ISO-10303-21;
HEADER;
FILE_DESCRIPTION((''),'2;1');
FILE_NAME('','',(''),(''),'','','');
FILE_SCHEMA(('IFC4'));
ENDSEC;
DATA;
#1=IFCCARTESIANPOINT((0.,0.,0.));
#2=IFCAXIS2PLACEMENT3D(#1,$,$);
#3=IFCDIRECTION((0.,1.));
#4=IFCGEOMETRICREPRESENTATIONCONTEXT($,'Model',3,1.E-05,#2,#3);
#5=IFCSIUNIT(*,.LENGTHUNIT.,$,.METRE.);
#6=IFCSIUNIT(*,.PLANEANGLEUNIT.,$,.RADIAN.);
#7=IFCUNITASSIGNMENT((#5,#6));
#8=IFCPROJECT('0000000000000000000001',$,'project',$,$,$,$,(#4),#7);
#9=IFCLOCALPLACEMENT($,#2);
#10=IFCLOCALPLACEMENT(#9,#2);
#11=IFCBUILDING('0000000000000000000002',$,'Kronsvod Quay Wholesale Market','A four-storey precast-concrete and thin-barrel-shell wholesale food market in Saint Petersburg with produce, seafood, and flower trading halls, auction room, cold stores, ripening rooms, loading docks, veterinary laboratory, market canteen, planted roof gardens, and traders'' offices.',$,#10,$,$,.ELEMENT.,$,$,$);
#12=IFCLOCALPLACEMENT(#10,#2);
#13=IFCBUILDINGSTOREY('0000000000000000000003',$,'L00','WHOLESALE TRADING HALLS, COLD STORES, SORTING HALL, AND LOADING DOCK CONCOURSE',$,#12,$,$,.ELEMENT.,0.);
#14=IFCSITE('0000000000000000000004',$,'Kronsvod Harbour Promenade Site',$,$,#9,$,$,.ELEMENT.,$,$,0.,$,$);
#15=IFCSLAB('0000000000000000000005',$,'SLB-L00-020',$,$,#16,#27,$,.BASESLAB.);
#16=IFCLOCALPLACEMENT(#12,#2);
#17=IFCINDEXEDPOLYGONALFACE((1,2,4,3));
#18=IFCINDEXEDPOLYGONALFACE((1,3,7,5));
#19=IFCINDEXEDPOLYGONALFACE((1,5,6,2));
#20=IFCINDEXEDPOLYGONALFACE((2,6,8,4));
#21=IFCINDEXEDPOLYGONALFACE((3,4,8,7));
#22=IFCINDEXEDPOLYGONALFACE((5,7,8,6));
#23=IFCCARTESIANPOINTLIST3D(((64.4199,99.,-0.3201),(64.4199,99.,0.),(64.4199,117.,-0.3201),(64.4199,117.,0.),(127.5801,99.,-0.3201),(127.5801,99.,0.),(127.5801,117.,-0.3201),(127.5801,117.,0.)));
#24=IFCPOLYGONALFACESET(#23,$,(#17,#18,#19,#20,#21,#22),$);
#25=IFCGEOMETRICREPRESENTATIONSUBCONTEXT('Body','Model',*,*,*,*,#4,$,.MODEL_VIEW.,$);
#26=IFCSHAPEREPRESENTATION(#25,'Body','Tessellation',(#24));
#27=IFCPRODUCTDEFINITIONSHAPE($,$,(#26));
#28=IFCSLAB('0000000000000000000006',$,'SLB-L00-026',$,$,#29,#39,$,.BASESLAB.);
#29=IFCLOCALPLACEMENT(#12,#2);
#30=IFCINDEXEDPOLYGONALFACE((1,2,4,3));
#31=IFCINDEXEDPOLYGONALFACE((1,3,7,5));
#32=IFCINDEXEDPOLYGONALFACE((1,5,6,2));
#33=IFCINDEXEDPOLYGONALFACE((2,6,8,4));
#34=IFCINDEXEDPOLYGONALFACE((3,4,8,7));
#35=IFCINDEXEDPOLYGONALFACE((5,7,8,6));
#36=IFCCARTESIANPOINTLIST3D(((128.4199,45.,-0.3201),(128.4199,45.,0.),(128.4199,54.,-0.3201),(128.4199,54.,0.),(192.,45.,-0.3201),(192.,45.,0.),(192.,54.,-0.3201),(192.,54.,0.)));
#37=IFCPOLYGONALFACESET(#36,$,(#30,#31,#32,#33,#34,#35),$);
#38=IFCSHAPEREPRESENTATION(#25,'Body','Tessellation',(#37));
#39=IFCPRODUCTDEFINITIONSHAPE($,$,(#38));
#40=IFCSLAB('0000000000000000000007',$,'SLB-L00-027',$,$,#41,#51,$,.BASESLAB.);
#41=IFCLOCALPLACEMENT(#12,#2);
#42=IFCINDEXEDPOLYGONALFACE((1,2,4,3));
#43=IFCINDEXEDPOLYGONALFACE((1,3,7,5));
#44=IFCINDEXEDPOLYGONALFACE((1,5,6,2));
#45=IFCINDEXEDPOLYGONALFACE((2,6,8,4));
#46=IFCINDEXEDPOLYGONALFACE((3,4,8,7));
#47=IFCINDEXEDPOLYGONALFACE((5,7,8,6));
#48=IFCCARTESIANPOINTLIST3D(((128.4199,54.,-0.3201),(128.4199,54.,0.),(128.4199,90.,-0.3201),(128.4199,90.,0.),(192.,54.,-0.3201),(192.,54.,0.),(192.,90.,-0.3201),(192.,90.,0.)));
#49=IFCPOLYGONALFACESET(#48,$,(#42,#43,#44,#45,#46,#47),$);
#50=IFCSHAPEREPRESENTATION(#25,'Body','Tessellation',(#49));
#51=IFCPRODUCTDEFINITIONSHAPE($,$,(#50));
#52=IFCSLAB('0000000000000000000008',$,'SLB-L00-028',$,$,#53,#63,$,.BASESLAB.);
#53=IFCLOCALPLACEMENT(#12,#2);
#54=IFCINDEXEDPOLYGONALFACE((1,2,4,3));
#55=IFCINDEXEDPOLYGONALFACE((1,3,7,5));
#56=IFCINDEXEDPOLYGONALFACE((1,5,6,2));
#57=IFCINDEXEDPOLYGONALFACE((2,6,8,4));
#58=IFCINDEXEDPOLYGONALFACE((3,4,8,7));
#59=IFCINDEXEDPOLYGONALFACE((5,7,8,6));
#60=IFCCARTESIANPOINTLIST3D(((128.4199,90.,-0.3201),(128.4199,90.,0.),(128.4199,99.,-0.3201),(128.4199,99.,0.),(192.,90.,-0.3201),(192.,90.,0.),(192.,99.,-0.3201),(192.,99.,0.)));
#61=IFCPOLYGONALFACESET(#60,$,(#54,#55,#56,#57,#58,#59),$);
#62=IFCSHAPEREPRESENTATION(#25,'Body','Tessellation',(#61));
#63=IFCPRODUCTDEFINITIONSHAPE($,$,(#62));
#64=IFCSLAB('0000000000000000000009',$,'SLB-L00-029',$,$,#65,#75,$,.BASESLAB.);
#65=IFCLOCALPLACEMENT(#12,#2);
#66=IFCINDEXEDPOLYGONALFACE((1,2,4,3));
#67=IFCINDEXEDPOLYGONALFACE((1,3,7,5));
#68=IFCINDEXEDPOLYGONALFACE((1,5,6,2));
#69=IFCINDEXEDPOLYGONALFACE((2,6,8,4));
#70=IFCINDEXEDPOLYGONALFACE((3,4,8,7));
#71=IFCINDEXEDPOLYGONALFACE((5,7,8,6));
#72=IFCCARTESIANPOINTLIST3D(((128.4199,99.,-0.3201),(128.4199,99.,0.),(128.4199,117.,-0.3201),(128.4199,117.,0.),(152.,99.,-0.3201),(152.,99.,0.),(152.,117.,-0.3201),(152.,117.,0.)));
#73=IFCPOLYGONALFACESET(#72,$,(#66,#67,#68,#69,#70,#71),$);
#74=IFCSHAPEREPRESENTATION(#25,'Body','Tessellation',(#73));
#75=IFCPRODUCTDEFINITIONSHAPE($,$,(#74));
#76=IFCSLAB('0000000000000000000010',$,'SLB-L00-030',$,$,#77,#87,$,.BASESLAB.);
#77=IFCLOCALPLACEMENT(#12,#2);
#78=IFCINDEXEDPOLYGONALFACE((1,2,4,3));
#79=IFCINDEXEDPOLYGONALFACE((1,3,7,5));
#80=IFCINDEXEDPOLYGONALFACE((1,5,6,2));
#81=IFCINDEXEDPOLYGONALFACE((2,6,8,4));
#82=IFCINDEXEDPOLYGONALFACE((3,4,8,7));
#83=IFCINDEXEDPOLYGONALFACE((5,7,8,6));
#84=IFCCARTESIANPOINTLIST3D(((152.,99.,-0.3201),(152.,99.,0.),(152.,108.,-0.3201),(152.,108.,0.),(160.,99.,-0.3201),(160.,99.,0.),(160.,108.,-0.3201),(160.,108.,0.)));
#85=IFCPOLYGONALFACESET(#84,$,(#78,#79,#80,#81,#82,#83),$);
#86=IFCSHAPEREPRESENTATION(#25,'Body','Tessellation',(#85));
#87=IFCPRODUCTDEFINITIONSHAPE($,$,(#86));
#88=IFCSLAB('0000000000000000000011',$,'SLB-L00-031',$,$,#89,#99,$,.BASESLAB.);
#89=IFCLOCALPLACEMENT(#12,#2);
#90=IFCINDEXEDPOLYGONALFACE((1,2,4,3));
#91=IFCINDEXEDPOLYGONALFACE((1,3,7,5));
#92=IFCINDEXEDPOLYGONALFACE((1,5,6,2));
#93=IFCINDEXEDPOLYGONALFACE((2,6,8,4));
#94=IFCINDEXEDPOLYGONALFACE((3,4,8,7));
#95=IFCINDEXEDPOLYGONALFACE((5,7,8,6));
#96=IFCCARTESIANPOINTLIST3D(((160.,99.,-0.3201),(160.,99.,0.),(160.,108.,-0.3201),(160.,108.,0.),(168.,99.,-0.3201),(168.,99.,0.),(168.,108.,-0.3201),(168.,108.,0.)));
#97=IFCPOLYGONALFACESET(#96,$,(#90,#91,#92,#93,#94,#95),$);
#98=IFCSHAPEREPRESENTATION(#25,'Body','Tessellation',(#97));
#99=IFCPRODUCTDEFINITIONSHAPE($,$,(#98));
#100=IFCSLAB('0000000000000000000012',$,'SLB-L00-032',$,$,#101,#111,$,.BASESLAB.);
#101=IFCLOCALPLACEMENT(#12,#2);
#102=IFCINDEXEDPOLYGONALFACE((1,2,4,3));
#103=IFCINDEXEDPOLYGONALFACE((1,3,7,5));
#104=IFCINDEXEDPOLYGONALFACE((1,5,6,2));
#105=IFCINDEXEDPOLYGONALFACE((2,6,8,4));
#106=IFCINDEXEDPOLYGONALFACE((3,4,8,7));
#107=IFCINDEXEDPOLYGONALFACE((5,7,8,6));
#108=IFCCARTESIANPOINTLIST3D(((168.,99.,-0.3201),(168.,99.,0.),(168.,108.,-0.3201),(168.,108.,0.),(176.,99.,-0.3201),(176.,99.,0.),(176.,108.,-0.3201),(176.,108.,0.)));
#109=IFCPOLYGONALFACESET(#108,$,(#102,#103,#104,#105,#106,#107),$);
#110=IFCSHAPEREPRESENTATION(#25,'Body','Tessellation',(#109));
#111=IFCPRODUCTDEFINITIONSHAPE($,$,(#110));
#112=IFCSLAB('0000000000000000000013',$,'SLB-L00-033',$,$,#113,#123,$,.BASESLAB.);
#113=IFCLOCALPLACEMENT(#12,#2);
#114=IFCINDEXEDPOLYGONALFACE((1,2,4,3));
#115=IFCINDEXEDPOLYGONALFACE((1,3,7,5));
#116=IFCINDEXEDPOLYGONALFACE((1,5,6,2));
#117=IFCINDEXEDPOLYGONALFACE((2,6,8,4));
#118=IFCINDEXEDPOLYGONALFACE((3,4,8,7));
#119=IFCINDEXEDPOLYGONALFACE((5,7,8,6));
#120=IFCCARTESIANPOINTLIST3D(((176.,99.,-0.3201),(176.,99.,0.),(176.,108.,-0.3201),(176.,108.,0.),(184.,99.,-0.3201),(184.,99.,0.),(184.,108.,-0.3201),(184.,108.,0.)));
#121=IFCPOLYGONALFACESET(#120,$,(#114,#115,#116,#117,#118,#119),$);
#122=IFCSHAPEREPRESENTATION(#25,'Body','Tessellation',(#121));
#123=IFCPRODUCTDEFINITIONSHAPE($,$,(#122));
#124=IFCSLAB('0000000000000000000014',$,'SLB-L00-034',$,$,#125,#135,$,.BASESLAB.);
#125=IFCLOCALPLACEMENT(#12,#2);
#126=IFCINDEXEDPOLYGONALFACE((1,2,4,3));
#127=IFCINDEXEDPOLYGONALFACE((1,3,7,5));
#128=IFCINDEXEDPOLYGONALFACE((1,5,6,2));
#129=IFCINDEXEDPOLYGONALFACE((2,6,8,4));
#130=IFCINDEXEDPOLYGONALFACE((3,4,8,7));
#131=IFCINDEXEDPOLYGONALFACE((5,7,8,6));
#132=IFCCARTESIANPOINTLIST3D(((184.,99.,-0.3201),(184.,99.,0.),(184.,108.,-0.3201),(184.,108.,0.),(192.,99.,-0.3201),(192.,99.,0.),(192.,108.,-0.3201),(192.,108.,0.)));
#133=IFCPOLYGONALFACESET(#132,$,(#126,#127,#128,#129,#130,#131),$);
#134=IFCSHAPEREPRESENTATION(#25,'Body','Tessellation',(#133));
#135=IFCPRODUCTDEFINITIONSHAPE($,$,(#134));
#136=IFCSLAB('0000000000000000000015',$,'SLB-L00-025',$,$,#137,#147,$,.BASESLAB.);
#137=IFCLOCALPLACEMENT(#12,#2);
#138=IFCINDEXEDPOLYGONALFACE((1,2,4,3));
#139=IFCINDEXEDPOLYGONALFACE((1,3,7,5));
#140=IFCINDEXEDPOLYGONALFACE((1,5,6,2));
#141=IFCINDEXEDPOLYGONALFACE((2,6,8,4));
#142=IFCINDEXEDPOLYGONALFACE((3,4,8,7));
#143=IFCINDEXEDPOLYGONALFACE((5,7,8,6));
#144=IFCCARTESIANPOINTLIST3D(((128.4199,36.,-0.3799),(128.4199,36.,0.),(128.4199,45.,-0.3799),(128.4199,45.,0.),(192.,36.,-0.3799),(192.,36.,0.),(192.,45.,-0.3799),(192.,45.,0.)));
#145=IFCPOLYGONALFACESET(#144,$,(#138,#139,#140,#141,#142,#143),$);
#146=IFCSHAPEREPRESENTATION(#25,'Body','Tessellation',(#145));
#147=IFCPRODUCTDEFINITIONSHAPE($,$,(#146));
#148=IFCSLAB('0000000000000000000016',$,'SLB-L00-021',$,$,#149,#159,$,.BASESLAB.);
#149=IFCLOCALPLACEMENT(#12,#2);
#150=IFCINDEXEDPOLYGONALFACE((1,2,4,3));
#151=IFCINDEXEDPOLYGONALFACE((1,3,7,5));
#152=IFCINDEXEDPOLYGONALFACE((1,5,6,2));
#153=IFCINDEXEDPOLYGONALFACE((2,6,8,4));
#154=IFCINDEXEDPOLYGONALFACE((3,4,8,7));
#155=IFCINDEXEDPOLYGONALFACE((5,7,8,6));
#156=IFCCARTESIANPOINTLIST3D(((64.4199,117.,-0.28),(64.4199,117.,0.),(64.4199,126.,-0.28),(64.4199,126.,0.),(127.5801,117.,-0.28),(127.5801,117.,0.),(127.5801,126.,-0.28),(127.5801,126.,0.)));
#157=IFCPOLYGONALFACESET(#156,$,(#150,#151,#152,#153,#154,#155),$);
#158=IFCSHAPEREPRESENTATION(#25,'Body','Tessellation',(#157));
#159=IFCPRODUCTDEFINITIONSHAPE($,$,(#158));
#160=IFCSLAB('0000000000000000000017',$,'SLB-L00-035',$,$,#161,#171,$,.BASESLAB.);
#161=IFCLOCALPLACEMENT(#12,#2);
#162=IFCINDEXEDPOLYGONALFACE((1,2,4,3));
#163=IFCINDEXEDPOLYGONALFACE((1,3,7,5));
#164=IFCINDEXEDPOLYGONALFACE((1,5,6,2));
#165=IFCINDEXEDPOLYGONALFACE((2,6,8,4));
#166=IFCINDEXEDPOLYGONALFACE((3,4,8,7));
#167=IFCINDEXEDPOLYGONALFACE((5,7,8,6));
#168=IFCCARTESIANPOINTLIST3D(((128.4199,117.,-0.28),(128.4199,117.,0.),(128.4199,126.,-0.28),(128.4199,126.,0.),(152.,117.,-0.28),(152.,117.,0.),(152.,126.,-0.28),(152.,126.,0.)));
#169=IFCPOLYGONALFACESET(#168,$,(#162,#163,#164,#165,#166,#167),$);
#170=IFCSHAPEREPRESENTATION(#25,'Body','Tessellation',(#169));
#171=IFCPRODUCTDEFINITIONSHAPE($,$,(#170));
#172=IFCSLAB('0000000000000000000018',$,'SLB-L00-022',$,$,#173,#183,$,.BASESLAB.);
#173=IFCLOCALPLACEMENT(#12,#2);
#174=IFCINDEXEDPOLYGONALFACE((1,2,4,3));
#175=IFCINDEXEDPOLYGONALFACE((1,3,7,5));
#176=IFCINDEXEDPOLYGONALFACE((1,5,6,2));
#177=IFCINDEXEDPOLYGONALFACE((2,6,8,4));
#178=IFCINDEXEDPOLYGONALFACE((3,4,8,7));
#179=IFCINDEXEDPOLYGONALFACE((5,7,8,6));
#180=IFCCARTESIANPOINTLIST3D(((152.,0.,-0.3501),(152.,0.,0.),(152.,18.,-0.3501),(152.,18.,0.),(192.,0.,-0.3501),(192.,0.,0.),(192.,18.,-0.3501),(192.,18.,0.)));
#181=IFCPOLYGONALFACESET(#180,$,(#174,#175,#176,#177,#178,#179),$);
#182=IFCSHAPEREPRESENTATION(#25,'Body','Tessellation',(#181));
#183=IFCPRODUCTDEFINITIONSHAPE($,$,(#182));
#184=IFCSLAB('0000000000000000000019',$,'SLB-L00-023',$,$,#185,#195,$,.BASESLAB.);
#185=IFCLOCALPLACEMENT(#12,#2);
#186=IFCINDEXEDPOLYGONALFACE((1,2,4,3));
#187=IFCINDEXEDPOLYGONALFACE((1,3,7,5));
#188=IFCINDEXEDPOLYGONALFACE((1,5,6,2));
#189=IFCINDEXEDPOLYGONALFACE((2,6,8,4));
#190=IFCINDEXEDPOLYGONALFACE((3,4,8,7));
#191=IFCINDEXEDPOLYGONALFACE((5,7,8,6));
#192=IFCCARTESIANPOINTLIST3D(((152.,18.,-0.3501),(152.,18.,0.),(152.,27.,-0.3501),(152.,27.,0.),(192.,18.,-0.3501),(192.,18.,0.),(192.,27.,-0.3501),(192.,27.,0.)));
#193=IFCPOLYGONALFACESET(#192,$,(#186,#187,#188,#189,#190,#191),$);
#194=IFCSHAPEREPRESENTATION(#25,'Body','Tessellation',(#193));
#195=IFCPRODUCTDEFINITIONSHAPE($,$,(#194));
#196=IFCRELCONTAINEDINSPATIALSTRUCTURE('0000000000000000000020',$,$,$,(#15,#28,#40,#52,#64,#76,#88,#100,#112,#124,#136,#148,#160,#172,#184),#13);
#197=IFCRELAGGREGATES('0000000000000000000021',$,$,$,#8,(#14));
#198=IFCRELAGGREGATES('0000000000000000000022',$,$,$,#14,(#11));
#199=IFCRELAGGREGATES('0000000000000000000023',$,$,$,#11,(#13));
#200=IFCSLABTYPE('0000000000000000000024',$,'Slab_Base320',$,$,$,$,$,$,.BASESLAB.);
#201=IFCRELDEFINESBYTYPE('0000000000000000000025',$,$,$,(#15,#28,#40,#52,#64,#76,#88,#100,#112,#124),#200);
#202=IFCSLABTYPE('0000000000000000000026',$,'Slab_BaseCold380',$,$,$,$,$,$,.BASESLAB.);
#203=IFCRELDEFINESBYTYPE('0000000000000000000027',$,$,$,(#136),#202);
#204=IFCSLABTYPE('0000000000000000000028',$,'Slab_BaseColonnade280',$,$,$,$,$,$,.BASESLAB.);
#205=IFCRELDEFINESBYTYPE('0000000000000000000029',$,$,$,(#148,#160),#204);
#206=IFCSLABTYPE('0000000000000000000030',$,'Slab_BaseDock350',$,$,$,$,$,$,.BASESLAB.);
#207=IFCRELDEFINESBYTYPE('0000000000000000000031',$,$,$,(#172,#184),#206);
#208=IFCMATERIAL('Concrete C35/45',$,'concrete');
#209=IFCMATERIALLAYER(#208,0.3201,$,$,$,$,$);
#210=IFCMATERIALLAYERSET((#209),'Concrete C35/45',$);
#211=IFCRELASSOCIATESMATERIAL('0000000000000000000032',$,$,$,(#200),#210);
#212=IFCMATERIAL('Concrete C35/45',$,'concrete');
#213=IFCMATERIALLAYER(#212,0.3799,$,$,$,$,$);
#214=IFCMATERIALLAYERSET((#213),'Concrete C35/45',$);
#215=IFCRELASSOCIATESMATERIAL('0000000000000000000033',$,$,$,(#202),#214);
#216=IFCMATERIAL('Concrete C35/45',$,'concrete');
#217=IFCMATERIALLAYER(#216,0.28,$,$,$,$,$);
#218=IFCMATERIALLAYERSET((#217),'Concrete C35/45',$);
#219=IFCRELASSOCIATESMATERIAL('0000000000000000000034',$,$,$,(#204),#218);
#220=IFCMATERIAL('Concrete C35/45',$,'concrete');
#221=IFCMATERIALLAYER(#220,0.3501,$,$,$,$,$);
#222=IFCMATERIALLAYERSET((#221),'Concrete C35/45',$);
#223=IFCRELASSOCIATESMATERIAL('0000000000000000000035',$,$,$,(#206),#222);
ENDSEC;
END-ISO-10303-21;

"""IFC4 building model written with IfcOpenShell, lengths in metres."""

from ifc_helpers import new_model, si_unit, direction, frame, origin, place, context, subcontext, project, spatial, polyline, outline, extrude, material, layer, layer_set, type_object, element, save


model = new_model("IFC4")

# Units and contexts
model_context = context("Model", 3, precision=1e-05, world=origin(), true_north=direction((0.0, 1.0)))
body_context = subcontext(model_context, "Body", "Model", "MODEL_VIEW")
ifc_project = project(units=[si_unit("LENGTHUNIT", "METRE"), si_unit("PLANEANGLEUNIT", "RADIAN")], contexts=[model_context])

# Site, building, storey
site_placement = place(None, origin())
site = spatial("IfcSite", under=ifc_project, at=site_placement, Name="Kronsvod Harbour Promenade Site", CompositionType="ELEMENT", RefElevation=0.0)
building_placement = place(site_placement, origin())
building = spatial("IfcBuilding", under=site, at=building_placement, Name="Kronsvod Quay Wholesale Market", Description="A four-storey precast-concrete and thin-barrel-shell wholesale food market in Saint Petersburg with produce, seafood, and flower trading halls, auction room, cold stores, ripening rooms, loading docks, veterinary laboratory, market canteen, planted roof gardens, and traders' offices.", CompositionType="ELEMENT")
storey_placement = place(building_placement, origin())
storey = spatial("IfcBuildingStorey", under=building, at=storey_placement, Name="L00", Description="WHOLESALE TRADING HALLS, COLD STORES, SORTING HALL, AND LOADING DOCK CONCOURSE", CompositionType="ELEMENT", Elevation=0.0)

# Slabs
ifc_material_1 = material(Name="Concrete C35/45", Category="concrete")
ifc_layer_1 = layer(ifc_material_1, 0.3201)
ifc_layer_set_1 = layer_set([ifc_layer_1], Name="Concrete C35/45")
slab_type_1 = type_object("IfcSlabType", Name="Slab_Base320", PredefinedType="BASESLAB", material=ifc_layer_set_1)
slab_1_placement = place(storey_placement, frame((0.0, 0.0, -0.3201)))
element("IfcSlab", 1, at=slab_1_placement, inside=storey, type_object=slab_type_1, Name="SLB-L00-020", PredefinedType="BASESLAB", context=body_context, shape_type="SweptSolid", body=[
    extrude(outline(polyline([(64.4199, 99.0), (127.5801, 99.0), (127.5801, 117.0), (64.4199, 117.0), (64.4199, 99.0)])), origin(), (0.0, 0.0, 1.0), 0.3201),
])
slab_2_placement = place(storey_placement, frame((0.0, 0.0, -0.3201)))
element("IfcSlab", 2, at=slab_2_placement, inside=storey, type_object=slab_type_1, Name="SLB-L00-026", PredefinedType="BASESLAB", context=body_context, shape_type="SweptSolid", body=[
    extrude(outline(polyline([(128.4199, 45.0), (192.0, 45.0), (192.0, 54.0), (128.4199, 54.0), (128.4199, 45.0)])), origin(), (0.0, 0.0, 1.0), 0.3201),
])
slab_3_placement = place(storey_placement, frame((0.0, 0.0, -0.3201)))
element("IfcSlab", 3, at=slab_3_placement, inside=storey, type_object=slab_type_1, Name="SLB-L00-027", PredefinedType="BASESLAB", context=body_context, shape_type="SweptSolid", body=[
    extrude(outline(polyline([(128.4199, 54.0), (192.0, 54.0), (192.0, 90.0), (128.4199, 90.0), (128.4199, 54.0)])), origin(), (0.0, 0.0, 1.0), 0.3201),
])
slab_4_placement = place(storey_placement, frame((0.0, 0.0, -0.3201)))
element("IfcSlab", 4, at=slab_4_placement, inside=storey, type_object=slab_type_1, Name="SLB-L00-028", PredefinedType="BASESLAB", context=body_context, shape_type="SweptSolid", body=[
    extrude(outline(polyline([(128.4199, 90.0), (192.0, 90.0), (192.0, 99.0), (128.4199, 99.0), (128.4199, 90.0)])), origin(), (0.0, 0.0, 1.0), 0.3201),
])
slab_5_placement = place(storey_placement, frame((0.0, 0.0, -0.3201)))
element("IfcSlab", 5, at=slab_5_placement, inside=storey, type_object=slab_type_1, Name="SLB-L00-029", PredefinedType="BASESLAB", context=body_context, shape_type="SweptSolid", body=[
    extrude(outline(polyline([(128.4199, 99.0), (152.0, 99.0), (152.0, 117.0), (128.4199, 117.0), (128.4199, 99.0)])), origin(), (0.0, 0.0, 1.0), 0.3201),
])
slab_6_placement = place(storey_placement, frame((0.0, 0.0, -0.3201)))
element("IfcSlab", 6, at=slab_6_placement, inside=storey, type_object=slab_type_1, Name="SLB-L00-030", PredefinedType="BASESLAB", context=body_context, shape_type="SweptSolid", body=[
    extrude(outline(polyline([(152.0, 99.0), (160.0, 99.0), (160.0, 108.0), (152.0, 108.0), (152.0, 99.0)])), origin(), (0.0, 0.0, 1.0), 0.3201),
])
slab_7_placement = place(storey_placement, frame((0.0, 0.0, -0.3201)))
element("IfcSlab", 7, at=slab_7_placement, inside=storey, type_object=slab_type_1, Name="SLB-L00-031", PredefinedType="BASESLAB", context=body_context, shape_type="SweptSolid", body=[
    extrude(outline(polyline([(160.0, 99.0), (168.0, 99.0), (168.0, 108.0), (160.0, 108.0), (160.0, 99.0)])), origin(), (0.0, 0.0, 1.0), 0.3201),
])
slab_8_placement = place(storey_placement, frame((0.0, 0.0, -0.3201)))
element("IfcSlab", 8, at=slab_8_placement, inside=storey, type_object=slab_type_1, Name="SLB-L00-032", PredefinedType="BASESLAB", context=body_context, shape_type="SweptSolid", body=[
    extrude(outline(polyline([(168.0, 99.0), (176.0, 99.0), (176.0, 108.0), (168.0, 108.0), (168.0, 99.0)])), origin(), (0.0, 0.0, 1.0), 0.3201),
])
slab_9_placement = place(storey_placement, frame((0.0, 0.0, -0.3201)))
element("IfcSlab", 9, at=slab_9_placement, inside=storey, type_object=slab_type_1, Name="SLB-L00-033", PredefinedType="BASESLAB", context=body_context, shape_type="SweptSolid", body=[
    extrude(outline(polyline([(176.0, 99.0), (184.0, 99.0), (184.0, 108.0), (176.0, 108.0), (176.0, 99.0)])), origin(), (0.0, 0.0, 1.0), 0.3201),
])
slab_10_placement = place(storey_placement, frame((0.0, 0.0, -0.3201)))
element("IfcSlab", 10, at=slab_10_placement, inside=storey, type_object=slab_type_1, Name="SLB-L00-034", PredefinedType="BASESLAB", context=body_context, shape_type="SweptSolid", body=[
    extrude(outline(polyline([(184.0, 99.0), (192.0, 99.0), (192.0, 108.0), (184.0, 108.0), (184.0, 99.0)])), origin(), (0.0, 0.0, 1.0), 0.3201),
])
ifc_material_2 = material(Name="Concrete C35/45", Category="concrete")
ifc_layer_2 = layer(ifc_material_2, 0.3799)
ifc_layer_set_2 = layer_set([ifc_layer_2], Name="Concrete C35/45")
slab_type_2 = type_object("IfcSlabType", Name="Slab_BaseCold380", PredefinedType="BASESLAB", material=ifc_layer_set_2)
slab_11_placement = place(storey_placement, frame((0.0, 0.0, -0.3799)))
element("IfcSlab", 11, at=slab_11_placement, inside=storey, type_object=slab_type_2, Name="SLB-L00-025", PredefinedType="BASESLAB", context=body_context, shape_type="SweptSolid", body=[
    extrude(outline(polyline([(128.4199, 36.0), (192.0, 36.0), (192.0, 45.0), (128.4199, 45.0), (128.4199, 36.0)])), origin(), (0.0, 0.0, 1.0), 0.3799),
])
ifc_material_3 = material(Name="Concrete C35/45", Category="concrete")
ifc_layer_3 = layer(ifc_material_3, 0.28)
ifc_layer_set_3 = layer_set([ifc_layer_3], Name="Concrete C35/45")
slab_type_3 = type_object("IfcSlabType", Name="Slab_BaseColonnade280", PredefinedType="BASESLAB", material=ifc_layer_set_3)
slab_12_placement = place(storey_placement, frame((0.0, 0.0, -0.28)))
element("IfcSlab", 12, at=slab_12_placement, inside=storey, type_object=slab_type_3, Name="SLB-L00-021", PredefinedType="BASESLAB", context=body_context, shape_type="SweptSolid", body=[
    extrude(outline(polyline([(64.4199, 117.0), (127.5801, 117.0), (127.5801, 126.0), (64.4199, 126.0), (64.4199, 117.0)])), origin(), (0.0, 0.0, 1.0), 0.28),
])
slab_13_placement = place(storey_placement, frame((0.0, 0.0, -0.28)))
element("IfcSlab", 13, at=slab_13_placement, inside=storey, type_object=slab_type_3, Name="SLB-L00-035", PredefinedType="BASESLAB", context=body_context, shape_type="SweptSolid", body=[
    extrude(outline(polyline([(128.4199, 117.0), (152.0, 117.0), (152.0, 126.0), (128.4199, 126.0), (128.4199, 117.0)])), origin(), (0.0, 0.0, 1.0), 0.28),
])
ifc_material_4 = material(Name="Concrete C35/45", Category="concrete")
ifc_layer_4 = layer(ifc_material_4, 0.3501)
ifc_layer_set_4 = layer_set([ifc_layer_4], Name="Concrete C35/45")
slab_type_4 = type_object("IfcSlabType", Name="Slab_BaseDock350", PredefinedType="BASESLAB", material=ifc_layer_set_4)
slab_14_placement = place(storey_placement, frame((0.0, 0.0, -0.3501)))
element("IfcSlab", 14, at=slab_14_placement, inside=storey, type_object=slab_type_4, Name="SLB-L00-022", PredefinedType="BASESLAB", context=body_context, shape_type="SweptSolid", body=[
    extrude(outline(polyline([(152.0, 0.0), (192.0, 0.0), (192.0, 18.0), (152.0, 18.0), (152.0, 0.0)])), origin(), (0.0, 0.0, 1.0), 0.3501),
])
slab_15_placement = place(storey_placement, frame((0.0, 0.0, -0.3501)))
element("IfcSlab", 15, at=slab_15_placement, inside=storey, type_object=slab_type_4, Name="SLB-L00-023", PredefinedType="BASESLAB", context=body_context, shape_type="SweptSolid", body=[
    extrude(outline(polyline([(152.0, 18.0), (192.0, 18.0), (192.0, 27.0), (152.0, 27.0), (152.0, 18.0)])), origin(), (0.0, 0.0, 1.0), 0.3501),
])

save(model, "model.ifc")
